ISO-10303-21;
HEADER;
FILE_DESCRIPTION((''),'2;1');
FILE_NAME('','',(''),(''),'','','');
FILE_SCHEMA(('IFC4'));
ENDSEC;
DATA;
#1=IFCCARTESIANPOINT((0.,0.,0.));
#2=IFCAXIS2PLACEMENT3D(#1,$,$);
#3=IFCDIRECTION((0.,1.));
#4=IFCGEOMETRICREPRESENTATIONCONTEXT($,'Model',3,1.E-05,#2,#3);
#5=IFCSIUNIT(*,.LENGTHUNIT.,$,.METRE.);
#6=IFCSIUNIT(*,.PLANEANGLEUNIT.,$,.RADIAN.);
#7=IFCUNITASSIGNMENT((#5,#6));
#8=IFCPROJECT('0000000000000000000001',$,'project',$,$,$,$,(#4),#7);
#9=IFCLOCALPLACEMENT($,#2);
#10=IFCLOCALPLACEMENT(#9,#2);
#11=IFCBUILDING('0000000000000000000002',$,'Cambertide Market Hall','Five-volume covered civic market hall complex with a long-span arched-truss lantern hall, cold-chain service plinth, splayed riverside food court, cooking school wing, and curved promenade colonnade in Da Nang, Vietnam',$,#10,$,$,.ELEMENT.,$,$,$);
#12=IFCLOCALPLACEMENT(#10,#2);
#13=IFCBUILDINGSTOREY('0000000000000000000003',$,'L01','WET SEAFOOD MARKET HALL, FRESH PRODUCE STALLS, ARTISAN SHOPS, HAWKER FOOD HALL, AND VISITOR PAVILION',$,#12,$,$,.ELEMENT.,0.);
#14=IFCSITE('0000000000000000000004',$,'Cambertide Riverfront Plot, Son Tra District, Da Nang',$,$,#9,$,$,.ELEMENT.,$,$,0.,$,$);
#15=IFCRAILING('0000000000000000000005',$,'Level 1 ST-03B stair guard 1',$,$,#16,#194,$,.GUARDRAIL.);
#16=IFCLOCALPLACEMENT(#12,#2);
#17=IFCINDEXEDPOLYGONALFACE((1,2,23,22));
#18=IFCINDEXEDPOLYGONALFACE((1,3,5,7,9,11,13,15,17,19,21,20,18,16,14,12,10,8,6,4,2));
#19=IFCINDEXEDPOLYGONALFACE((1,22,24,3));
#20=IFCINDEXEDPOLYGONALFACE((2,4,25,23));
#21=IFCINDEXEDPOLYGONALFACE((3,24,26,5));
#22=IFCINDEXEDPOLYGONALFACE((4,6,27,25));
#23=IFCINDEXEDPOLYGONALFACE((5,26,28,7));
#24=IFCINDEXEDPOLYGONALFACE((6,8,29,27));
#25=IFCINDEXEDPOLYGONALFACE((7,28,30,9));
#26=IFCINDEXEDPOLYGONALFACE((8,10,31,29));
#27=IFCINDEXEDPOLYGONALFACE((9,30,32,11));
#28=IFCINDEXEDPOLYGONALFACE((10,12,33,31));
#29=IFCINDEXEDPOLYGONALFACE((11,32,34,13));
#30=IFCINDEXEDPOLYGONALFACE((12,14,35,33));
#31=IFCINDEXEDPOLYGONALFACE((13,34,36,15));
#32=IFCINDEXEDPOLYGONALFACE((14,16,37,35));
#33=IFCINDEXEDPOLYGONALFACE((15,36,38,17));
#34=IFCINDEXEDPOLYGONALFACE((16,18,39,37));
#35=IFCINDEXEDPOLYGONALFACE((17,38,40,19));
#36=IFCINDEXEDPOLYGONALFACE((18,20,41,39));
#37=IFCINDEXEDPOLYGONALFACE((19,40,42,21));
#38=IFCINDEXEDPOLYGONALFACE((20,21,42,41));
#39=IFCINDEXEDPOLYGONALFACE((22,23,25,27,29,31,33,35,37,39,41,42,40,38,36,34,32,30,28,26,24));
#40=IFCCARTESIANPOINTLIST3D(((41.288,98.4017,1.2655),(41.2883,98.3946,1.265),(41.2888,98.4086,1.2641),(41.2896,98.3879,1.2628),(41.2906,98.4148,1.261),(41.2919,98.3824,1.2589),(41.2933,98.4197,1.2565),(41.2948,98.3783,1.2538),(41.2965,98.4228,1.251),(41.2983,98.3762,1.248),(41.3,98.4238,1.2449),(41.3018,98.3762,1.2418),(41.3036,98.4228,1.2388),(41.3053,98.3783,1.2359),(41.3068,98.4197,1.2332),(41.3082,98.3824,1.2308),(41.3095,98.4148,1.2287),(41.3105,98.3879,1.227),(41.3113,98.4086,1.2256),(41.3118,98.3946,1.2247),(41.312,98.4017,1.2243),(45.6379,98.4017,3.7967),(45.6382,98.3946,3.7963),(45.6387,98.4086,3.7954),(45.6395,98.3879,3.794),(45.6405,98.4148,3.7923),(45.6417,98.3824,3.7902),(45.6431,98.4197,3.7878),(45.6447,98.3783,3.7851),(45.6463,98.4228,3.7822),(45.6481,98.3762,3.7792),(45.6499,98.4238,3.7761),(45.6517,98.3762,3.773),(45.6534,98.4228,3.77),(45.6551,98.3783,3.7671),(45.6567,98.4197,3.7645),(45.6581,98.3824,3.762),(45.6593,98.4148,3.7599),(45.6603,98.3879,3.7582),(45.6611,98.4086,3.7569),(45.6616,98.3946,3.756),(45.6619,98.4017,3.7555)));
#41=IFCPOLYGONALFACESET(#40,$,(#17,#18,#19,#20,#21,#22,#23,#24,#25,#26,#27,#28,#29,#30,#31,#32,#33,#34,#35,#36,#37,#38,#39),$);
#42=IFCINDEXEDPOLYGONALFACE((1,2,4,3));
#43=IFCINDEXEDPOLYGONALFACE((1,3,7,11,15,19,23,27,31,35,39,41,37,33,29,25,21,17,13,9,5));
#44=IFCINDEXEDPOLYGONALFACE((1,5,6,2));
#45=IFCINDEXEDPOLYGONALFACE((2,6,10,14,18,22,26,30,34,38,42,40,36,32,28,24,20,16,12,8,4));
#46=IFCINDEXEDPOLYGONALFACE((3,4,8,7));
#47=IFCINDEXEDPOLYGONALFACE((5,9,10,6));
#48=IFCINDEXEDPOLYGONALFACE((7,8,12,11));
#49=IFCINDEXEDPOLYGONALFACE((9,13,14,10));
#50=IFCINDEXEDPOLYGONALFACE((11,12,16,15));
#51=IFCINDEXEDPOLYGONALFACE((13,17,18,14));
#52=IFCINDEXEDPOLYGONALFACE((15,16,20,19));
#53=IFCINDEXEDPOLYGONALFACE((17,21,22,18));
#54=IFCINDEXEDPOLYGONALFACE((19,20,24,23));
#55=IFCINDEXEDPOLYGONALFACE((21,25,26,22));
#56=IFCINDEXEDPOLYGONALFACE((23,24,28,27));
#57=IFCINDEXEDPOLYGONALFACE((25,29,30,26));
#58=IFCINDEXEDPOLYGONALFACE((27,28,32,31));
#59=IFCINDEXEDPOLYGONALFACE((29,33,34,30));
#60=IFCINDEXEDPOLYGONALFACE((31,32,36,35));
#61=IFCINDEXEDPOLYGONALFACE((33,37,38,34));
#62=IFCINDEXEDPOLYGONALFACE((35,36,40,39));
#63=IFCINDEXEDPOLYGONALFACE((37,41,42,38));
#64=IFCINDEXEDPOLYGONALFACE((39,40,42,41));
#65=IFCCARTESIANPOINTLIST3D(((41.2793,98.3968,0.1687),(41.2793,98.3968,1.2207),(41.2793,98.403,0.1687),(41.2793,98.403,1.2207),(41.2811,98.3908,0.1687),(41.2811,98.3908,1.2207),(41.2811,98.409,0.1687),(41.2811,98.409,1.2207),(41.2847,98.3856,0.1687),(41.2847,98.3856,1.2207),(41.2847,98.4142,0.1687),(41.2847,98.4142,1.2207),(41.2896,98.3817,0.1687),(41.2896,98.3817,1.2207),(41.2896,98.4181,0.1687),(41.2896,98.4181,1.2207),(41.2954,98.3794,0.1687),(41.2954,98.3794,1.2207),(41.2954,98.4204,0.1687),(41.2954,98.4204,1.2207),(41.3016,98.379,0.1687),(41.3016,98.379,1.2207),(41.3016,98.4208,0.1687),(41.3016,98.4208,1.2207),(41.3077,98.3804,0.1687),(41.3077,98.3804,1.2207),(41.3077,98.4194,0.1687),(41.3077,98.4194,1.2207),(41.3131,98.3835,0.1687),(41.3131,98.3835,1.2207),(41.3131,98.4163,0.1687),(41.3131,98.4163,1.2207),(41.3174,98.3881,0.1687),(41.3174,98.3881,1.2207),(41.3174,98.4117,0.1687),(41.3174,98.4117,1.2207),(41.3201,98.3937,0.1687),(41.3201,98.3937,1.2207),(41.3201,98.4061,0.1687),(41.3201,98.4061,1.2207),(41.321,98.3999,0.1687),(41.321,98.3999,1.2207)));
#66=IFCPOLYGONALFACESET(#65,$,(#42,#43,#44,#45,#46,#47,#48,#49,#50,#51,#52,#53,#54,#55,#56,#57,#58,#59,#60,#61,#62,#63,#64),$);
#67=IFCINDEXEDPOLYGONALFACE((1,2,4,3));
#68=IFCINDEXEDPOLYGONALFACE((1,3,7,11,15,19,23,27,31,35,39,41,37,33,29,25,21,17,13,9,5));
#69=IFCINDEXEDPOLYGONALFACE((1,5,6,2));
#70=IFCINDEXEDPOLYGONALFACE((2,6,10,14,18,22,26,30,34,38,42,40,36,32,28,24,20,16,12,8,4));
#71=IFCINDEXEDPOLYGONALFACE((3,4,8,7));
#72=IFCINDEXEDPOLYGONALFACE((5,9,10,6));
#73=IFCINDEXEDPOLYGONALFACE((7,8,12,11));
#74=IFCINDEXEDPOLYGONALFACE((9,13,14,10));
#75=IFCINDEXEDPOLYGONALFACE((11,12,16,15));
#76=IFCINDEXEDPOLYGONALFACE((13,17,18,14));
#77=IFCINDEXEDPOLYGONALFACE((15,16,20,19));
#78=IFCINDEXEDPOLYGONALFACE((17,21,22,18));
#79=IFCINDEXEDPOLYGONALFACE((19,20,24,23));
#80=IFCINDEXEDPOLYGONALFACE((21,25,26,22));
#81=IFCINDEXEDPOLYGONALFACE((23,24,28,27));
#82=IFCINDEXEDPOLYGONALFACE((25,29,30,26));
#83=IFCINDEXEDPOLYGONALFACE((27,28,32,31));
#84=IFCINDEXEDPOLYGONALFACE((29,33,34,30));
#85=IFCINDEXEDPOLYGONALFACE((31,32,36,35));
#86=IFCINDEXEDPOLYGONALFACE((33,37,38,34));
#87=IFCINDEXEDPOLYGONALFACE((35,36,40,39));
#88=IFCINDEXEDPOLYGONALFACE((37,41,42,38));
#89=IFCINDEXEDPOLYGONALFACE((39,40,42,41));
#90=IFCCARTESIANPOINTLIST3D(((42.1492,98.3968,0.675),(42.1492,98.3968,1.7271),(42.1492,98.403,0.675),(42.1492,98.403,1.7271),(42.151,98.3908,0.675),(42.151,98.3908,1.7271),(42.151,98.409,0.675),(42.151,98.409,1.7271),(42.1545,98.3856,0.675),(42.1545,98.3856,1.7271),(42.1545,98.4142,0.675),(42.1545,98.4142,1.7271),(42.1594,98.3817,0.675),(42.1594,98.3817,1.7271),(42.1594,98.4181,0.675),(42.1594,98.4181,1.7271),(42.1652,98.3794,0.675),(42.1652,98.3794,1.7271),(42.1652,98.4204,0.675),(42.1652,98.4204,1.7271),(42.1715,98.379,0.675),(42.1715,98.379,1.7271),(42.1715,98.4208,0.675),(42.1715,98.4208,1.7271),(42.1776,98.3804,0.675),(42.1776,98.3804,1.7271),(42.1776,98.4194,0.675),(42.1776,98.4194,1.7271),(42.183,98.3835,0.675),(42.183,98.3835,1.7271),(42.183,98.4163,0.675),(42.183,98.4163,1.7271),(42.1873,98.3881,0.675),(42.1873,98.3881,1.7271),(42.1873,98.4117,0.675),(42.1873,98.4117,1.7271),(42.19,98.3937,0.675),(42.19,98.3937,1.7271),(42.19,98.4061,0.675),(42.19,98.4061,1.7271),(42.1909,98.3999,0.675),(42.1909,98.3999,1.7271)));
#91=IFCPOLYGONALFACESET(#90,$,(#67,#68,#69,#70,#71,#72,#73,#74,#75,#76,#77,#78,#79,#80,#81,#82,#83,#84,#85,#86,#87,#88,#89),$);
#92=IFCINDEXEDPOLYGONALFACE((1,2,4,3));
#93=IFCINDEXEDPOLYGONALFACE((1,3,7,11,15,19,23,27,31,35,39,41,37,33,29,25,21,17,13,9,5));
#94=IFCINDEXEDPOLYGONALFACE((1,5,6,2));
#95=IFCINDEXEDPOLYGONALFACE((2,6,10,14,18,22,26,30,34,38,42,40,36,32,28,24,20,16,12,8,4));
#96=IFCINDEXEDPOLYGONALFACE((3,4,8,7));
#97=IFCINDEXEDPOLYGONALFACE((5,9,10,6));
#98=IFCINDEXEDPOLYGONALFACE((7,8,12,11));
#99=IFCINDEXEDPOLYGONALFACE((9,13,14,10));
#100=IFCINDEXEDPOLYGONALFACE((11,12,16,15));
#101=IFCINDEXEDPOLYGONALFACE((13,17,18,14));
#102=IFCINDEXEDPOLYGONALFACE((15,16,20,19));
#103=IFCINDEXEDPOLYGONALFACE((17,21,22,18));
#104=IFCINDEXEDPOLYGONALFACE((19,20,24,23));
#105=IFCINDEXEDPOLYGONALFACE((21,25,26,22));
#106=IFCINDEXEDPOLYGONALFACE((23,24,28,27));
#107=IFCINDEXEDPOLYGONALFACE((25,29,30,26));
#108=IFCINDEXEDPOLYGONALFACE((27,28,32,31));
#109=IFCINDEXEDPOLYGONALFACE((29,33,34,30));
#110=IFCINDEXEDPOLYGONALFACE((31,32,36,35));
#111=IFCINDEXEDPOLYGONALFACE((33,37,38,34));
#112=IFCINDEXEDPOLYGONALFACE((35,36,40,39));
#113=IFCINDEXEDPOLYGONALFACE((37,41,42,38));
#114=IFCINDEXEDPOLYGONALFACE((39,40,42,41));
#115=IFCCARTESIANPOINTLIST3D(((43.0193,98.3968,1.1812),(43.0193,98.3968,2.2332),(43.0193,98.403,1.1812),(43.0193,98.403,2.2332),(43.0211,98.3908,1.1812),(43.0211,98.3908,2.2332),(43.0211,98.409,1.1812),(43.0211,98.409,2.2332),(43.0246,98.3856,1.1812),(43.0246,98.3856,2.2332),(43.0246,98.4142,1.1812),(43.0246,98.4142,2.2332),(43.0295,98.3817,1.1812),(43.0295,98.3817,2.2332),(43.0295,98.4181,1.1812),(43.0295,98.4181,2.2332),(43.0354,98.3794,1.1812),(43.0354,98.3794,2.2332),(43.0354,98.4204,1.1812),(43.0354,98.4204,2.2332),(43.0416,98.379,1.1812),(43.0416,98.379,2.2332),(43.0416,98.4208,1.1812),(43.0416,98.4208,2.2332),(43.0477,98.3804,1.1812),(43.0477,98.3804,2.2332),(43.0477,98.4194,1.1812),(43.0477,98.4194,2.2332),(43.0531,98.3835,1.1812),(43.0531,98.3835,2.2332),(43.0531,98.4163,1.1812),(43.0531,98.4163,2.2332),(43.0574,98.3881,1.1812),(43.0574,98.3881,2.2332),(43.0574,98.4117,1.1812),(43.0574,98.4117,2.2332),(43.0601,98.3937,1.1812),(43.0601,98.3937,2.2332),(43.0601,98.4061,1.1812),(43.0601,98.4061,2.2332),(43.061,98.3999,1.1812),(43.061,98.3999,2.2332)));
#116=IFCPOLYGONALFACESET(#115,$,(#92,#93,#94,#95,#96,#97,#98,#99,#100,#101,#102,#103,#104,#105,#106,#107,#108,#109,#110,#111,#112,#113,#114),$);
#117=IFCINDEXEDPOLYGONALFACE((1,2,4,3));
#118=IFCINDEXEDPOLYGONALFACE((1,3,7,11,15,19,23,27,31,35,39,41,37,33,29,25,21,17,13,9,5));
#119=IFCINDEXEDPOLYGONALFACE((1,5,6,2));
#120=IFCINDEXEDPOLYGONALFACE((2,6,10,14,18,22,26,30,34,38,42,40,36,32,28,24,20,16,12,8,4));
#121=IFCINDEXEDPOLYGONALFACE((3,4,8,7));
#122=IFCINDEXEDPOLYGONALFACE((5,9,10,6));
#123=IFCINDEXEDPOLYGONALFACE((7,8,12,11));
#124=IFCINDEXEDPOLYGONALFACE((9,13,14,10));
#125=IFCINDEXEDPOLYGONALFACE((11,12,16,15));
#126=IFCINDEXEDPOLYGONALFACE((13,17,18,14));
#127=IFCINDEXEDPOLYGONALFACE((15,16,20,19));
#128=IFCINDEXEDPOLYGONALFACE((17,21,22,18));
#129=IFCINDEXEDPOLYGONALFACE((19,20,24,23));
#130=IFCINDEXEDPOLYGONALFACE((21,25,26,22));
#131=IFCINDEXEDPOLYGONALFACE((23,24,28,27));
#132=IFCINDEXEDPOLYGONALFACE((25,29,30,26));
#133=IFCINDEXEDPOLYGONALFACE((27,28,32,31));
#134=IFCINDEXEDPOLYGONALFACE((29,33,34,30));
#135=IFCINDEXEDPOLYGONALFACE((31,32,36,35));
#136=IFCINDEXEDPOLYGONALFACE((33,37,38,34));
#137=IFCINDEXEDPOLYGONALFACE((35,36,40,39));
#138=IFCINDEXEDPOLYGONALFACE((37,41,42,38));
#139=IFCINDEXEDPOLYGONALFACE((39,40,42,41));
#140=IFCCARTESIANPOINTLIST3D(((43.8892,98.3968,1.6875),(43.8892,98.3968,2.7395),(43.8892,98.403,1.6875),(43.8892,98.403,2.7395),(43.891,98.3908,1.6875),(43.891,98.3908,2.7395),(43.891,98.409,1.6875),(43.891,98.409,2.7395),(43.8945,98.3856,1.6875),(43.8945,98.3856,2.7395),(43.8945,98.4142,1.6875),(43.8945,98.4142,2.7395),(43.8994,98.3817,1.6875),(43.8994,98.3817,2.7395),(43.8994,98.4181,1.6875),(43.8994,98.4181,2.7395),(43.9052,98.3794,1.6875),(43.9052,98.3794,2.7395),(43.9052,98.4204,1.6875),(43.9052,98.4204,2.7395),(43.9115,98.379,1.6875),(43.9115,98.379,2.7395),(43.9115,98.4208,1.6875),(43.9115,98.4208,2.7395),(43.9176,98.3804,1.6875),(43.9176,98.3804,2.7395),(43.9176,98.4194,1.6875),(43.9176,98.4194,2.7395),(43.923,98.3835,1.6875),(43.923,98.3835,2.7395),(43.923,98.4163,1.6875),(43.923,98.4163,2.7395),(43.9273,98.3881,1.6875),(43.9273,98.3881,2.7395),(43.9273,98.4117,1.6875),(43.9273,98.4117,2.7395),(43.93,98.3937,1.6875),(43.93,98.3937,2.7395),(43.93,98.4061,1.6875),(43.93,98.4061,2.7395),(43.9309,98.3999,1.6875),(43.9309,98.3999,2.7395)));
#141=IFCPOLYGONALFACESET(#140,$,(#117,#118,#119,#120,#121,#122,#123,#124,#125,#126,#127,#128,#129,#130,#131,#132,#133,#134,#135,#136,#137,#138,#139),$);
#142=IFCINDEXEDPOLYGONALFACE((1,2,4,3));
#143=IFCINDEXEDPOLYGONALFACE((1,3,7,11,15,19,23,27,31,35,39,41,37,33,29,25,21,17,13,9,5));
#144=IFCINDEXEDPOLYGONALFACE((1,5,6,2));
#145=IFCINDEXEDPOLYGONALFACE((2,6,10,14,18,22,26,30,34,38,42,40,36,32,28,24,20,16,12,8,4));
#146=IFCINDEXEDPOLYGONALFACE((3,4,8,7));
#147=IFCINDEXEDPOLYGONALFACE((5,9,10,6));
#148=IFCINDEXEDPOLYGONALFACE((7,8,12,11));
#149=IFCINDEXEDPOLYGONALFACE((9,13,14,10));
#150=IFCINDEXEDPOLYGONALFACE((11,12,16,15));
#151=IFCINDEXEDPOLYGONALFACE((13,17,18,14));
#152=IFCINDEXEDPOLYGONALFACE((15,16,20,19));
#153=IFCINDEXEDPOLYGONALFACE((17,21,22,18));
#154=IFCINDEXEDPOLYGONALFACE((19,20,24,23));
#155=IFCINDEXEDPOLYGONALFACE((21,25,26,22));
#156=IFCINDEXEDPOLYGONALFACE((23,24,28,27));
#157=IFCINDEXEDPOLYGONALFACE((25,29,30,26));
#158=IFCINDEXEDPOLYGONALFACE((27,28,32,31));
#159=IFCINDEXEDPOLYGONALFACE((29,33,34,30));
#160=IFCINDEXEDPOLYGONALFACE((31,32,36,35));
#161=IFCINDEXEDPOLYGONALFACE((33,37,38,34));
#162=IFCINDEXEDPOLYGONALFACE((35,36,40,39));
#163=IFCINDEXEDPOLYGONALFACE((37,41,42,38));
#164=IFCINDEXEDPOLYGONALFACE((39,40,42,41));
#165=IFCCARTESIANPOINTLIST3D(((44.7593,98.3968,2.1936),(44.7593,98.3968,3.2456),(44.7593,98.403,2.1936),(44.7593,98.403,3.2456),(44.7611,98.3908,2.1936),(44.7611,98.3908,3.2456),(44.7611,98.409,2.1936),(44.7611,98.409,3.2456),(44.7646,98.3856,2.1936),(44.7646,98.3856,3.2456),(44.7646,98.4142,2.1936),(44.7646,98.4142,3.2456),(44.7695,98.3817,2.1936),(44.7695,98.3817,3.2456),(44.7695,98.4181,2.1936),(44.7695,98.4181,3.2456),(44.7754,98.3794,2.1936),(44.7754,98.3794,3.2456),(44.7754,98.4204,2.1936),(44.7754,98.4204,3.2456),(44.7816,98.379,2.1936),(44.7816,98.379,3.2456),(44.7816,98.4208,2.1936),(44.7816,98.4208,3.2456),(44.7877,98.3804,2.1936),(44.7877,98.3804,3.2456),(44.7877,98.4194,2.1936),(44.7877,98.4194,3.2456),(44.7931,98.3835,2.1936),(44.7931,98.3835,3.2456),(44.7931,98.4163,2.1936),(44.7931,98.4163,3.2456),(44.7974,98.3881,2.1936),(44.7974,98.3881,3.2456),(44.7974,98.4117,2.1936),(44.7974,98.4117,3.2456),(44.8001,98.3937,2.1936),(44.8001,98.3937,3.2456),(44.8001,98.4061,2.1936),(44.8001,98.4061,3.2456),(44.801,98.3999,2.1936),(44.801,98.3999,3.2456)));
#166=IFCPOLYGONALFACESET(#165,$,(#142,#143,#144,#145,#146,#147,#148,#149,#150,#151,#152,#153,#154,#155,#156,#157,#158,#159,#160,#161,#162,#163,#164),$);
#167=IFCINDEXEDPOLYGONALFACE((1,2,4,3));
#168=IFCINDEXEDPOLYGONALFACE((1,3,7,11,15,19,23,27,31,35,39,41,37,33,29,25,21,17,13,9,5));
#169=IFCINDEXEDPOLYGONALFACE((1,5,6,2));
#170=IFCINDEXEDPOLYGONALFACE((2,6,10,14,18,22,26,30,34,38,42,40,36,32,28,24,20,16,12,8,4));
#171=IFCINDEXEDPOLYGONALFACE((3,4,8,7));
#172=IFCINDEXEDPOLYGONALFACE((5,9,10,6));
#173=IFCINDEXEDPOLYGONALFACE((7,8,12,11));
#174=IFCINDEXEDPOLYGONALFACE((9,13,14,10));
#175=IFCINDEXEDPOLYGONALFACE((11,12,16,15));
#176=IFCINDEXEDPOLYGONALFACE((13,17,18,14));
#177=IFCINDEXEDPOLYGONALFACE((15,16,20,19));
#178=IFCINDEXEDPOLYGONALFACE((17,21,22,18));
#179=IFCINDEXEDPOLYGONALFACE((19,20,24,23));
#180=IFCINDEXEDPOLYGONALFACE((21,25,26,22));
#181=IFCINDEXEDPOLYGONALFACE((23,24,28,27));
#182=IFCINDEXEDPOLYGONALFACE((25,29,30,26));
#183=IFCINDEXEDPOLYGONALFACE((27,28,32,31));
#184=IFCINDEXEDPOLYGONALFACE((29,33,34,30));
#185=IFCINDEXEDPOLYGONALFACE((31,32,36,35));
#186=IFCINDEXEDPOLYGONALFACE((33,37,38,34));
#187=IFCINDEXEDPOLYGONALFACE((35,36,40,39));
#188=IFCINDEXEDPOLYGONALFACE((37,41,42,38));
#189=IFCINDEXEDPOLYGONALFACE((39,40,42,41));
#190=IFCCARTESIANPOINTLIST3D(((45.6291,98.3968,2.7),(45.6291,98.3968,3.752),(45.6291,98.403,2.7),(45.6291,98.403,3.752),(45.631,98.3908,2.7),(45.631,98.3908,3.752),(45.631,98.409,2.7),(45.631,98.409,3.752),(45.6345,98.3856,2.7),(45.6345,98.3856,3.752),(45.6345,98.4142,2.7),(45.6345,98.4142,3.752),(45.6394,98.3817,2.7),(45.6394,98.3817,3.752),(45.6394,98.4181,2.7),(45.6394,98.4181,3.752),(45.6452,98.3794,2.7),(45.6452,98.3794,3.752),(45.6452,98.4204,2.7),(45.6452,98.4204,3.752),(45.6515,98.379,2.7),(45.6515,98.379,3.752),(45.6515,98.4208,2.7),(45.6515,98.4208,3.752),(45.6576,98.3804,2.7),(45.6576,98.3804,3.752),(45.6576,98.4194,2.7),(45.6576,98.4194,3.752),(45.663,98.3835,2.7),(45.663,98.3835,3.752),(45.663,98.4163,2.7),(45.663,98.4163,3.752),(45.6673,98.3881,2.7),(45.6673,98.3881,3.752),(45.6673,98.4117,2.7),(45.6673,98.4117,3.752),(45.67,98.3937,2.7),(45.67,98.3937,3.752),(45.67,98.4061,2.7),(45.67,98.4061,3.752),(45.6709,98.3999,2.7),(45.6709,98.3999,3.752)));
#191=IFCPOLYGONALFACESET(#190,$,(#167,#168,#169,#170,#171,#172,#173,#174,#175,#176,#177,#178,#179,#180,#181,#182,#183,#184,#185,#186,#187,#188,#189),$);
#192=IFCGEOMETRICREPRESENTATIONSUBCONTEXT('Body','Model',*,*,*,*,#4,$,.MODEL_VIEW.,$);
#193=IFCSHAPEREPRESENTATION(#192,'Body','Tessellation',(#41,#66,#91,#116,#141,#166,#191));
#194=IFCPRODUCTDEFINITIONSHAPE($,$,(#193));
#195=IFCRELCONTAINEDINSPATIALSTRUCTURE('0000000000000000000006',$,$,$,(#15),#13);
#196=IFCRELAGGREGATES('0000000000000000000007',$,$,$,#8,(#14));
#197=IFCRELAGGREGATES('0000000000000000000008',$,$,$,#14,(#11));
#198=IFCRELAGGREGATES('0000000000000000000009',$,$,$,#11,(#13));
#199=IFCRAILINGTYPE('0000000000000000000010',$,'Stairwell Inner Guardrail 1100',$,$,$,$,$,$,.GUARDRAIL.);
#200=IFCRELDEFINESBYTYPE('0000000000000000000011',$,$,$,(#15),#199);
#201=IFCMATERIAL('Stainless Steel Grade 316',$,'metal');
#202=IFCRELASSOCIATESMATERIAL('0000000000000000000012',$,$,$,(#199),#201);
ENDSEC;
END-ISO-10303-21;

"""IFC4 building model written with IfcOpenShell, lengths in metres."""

from ifc_helpers import new_model, si_unit, direction, frame, origin, origin_2d, place, context, subcontext, project, spatial, circle, extrude, material, type_object, element, save


model = new_model("IFC4")

# Units and contexts
model_context = context("Model", 3, precision=1e-05, world=origin(), true_north=direction((0.0, 1.0)))
body_context = subcontext(model_context, "Body", "Model", "MODEL_VIEW")
ifc_project = project(units=[si_unit("LENGTHUNIT", "METRE"), si_unit("PLANEANGLEUNIT", "RADIAN")], contexts=[model_context])

# Site, building, storey
site_placement = place(None, origin())
site = spatial("IfcSite", under=ifc_project, at=site_placement, Name="Cambertide Riverfront Plot, Son Tra District, Da Nang", CompositionType="ELEMENT", RefElevation=0.0)
building_placement = place(site_placement, origin())
building = spatial("IfcBuilding", under=site, at=building_placement, Name="Cambertide Market Hall", Description="Five-volume covered civic market hall complex with a long-span arched-truss lantern hall, cold-chain service plinth, splayed riverside food court, cooking school wing, and curved promenade colonnade in Da Nang, Vietnam", CompositionType="ELEMENT")
storey_placement = place(building_placement, origin())
storey = spatial("IfcBuildingStorey", under=building, at=storey_placement, Name="L01", Description="WET SEAFOOD MARKET HALL, FRESH PRODUCE STALLS, ARTISAN SHOPS, HAWKER FOOD HALL, AND VISITOR PAVILION", CompositionType="ELEMENT", Elevation=0.0)

# Railing
ifc_material_1 = material(Name="Stainless Steel Grade 316", Category="metal")
railing_type_1 = type_object("IfcRailingType", Name="Stairwell Inner Guardrail 1100", PredefinedType="GUARDRAIL", material=ifc_material_1)
railing_1_placement = place(storey_placement, frame((41.3, 98.3999, 0.1687)))
element("IfcRailing", 1, at=railing_1_placement, inside=storey, type_object=railing_type_1, Name="Level 1 ST-03B stair guard 1", PredefinedType="GUARDRAIL", context=body_context, shape_type="SweptSolid", body=[
    extrude(circle(Radius=0.0239, at=origin_2d()), frame((0.0, 0.0, 1.0762), z_axis=(0.864312, 0.0, 0.502957), x_axis=(0.0, 1.0, 0.0)), (0.0, 0.0, 1.0), 5.0327),
    extrude(circle(Radius=0.021, at=origin_2d()), origin(), (0.0, 0.0, 1.0), 1.052),
    extrude(circle(Radius=0.021, at=origin_2d()), frame((0.8699, 0.0, 0.5063)), (0.0, 0.0, 1.0), 1.052),
    extrude(circle(Radius=0.021, at=origin_2d()), frame((1.74, 0.0, 1.0125)), (0.0, 0.0, 1.0), 1.052),
    extrude(circle(Radius=0.021, at=origin_2d()), frame((2.6099, 0.0, 1.5188)), (0.0, 0.0, 1.0), 1.052),
    extrude(circle(Radius=0.021, at=origin_2d()), frame((3.48, 0.0, 2.0249)), (0.0, 0.0, 1.0), 1.052),
    extrude(circle(Radius=0.021, at=origin_2d()), frame((4.3499, 0.0, 2.5312)), (0.0, 0.0, 1.0), 1.052),
])

save(model, "model.ifc")
